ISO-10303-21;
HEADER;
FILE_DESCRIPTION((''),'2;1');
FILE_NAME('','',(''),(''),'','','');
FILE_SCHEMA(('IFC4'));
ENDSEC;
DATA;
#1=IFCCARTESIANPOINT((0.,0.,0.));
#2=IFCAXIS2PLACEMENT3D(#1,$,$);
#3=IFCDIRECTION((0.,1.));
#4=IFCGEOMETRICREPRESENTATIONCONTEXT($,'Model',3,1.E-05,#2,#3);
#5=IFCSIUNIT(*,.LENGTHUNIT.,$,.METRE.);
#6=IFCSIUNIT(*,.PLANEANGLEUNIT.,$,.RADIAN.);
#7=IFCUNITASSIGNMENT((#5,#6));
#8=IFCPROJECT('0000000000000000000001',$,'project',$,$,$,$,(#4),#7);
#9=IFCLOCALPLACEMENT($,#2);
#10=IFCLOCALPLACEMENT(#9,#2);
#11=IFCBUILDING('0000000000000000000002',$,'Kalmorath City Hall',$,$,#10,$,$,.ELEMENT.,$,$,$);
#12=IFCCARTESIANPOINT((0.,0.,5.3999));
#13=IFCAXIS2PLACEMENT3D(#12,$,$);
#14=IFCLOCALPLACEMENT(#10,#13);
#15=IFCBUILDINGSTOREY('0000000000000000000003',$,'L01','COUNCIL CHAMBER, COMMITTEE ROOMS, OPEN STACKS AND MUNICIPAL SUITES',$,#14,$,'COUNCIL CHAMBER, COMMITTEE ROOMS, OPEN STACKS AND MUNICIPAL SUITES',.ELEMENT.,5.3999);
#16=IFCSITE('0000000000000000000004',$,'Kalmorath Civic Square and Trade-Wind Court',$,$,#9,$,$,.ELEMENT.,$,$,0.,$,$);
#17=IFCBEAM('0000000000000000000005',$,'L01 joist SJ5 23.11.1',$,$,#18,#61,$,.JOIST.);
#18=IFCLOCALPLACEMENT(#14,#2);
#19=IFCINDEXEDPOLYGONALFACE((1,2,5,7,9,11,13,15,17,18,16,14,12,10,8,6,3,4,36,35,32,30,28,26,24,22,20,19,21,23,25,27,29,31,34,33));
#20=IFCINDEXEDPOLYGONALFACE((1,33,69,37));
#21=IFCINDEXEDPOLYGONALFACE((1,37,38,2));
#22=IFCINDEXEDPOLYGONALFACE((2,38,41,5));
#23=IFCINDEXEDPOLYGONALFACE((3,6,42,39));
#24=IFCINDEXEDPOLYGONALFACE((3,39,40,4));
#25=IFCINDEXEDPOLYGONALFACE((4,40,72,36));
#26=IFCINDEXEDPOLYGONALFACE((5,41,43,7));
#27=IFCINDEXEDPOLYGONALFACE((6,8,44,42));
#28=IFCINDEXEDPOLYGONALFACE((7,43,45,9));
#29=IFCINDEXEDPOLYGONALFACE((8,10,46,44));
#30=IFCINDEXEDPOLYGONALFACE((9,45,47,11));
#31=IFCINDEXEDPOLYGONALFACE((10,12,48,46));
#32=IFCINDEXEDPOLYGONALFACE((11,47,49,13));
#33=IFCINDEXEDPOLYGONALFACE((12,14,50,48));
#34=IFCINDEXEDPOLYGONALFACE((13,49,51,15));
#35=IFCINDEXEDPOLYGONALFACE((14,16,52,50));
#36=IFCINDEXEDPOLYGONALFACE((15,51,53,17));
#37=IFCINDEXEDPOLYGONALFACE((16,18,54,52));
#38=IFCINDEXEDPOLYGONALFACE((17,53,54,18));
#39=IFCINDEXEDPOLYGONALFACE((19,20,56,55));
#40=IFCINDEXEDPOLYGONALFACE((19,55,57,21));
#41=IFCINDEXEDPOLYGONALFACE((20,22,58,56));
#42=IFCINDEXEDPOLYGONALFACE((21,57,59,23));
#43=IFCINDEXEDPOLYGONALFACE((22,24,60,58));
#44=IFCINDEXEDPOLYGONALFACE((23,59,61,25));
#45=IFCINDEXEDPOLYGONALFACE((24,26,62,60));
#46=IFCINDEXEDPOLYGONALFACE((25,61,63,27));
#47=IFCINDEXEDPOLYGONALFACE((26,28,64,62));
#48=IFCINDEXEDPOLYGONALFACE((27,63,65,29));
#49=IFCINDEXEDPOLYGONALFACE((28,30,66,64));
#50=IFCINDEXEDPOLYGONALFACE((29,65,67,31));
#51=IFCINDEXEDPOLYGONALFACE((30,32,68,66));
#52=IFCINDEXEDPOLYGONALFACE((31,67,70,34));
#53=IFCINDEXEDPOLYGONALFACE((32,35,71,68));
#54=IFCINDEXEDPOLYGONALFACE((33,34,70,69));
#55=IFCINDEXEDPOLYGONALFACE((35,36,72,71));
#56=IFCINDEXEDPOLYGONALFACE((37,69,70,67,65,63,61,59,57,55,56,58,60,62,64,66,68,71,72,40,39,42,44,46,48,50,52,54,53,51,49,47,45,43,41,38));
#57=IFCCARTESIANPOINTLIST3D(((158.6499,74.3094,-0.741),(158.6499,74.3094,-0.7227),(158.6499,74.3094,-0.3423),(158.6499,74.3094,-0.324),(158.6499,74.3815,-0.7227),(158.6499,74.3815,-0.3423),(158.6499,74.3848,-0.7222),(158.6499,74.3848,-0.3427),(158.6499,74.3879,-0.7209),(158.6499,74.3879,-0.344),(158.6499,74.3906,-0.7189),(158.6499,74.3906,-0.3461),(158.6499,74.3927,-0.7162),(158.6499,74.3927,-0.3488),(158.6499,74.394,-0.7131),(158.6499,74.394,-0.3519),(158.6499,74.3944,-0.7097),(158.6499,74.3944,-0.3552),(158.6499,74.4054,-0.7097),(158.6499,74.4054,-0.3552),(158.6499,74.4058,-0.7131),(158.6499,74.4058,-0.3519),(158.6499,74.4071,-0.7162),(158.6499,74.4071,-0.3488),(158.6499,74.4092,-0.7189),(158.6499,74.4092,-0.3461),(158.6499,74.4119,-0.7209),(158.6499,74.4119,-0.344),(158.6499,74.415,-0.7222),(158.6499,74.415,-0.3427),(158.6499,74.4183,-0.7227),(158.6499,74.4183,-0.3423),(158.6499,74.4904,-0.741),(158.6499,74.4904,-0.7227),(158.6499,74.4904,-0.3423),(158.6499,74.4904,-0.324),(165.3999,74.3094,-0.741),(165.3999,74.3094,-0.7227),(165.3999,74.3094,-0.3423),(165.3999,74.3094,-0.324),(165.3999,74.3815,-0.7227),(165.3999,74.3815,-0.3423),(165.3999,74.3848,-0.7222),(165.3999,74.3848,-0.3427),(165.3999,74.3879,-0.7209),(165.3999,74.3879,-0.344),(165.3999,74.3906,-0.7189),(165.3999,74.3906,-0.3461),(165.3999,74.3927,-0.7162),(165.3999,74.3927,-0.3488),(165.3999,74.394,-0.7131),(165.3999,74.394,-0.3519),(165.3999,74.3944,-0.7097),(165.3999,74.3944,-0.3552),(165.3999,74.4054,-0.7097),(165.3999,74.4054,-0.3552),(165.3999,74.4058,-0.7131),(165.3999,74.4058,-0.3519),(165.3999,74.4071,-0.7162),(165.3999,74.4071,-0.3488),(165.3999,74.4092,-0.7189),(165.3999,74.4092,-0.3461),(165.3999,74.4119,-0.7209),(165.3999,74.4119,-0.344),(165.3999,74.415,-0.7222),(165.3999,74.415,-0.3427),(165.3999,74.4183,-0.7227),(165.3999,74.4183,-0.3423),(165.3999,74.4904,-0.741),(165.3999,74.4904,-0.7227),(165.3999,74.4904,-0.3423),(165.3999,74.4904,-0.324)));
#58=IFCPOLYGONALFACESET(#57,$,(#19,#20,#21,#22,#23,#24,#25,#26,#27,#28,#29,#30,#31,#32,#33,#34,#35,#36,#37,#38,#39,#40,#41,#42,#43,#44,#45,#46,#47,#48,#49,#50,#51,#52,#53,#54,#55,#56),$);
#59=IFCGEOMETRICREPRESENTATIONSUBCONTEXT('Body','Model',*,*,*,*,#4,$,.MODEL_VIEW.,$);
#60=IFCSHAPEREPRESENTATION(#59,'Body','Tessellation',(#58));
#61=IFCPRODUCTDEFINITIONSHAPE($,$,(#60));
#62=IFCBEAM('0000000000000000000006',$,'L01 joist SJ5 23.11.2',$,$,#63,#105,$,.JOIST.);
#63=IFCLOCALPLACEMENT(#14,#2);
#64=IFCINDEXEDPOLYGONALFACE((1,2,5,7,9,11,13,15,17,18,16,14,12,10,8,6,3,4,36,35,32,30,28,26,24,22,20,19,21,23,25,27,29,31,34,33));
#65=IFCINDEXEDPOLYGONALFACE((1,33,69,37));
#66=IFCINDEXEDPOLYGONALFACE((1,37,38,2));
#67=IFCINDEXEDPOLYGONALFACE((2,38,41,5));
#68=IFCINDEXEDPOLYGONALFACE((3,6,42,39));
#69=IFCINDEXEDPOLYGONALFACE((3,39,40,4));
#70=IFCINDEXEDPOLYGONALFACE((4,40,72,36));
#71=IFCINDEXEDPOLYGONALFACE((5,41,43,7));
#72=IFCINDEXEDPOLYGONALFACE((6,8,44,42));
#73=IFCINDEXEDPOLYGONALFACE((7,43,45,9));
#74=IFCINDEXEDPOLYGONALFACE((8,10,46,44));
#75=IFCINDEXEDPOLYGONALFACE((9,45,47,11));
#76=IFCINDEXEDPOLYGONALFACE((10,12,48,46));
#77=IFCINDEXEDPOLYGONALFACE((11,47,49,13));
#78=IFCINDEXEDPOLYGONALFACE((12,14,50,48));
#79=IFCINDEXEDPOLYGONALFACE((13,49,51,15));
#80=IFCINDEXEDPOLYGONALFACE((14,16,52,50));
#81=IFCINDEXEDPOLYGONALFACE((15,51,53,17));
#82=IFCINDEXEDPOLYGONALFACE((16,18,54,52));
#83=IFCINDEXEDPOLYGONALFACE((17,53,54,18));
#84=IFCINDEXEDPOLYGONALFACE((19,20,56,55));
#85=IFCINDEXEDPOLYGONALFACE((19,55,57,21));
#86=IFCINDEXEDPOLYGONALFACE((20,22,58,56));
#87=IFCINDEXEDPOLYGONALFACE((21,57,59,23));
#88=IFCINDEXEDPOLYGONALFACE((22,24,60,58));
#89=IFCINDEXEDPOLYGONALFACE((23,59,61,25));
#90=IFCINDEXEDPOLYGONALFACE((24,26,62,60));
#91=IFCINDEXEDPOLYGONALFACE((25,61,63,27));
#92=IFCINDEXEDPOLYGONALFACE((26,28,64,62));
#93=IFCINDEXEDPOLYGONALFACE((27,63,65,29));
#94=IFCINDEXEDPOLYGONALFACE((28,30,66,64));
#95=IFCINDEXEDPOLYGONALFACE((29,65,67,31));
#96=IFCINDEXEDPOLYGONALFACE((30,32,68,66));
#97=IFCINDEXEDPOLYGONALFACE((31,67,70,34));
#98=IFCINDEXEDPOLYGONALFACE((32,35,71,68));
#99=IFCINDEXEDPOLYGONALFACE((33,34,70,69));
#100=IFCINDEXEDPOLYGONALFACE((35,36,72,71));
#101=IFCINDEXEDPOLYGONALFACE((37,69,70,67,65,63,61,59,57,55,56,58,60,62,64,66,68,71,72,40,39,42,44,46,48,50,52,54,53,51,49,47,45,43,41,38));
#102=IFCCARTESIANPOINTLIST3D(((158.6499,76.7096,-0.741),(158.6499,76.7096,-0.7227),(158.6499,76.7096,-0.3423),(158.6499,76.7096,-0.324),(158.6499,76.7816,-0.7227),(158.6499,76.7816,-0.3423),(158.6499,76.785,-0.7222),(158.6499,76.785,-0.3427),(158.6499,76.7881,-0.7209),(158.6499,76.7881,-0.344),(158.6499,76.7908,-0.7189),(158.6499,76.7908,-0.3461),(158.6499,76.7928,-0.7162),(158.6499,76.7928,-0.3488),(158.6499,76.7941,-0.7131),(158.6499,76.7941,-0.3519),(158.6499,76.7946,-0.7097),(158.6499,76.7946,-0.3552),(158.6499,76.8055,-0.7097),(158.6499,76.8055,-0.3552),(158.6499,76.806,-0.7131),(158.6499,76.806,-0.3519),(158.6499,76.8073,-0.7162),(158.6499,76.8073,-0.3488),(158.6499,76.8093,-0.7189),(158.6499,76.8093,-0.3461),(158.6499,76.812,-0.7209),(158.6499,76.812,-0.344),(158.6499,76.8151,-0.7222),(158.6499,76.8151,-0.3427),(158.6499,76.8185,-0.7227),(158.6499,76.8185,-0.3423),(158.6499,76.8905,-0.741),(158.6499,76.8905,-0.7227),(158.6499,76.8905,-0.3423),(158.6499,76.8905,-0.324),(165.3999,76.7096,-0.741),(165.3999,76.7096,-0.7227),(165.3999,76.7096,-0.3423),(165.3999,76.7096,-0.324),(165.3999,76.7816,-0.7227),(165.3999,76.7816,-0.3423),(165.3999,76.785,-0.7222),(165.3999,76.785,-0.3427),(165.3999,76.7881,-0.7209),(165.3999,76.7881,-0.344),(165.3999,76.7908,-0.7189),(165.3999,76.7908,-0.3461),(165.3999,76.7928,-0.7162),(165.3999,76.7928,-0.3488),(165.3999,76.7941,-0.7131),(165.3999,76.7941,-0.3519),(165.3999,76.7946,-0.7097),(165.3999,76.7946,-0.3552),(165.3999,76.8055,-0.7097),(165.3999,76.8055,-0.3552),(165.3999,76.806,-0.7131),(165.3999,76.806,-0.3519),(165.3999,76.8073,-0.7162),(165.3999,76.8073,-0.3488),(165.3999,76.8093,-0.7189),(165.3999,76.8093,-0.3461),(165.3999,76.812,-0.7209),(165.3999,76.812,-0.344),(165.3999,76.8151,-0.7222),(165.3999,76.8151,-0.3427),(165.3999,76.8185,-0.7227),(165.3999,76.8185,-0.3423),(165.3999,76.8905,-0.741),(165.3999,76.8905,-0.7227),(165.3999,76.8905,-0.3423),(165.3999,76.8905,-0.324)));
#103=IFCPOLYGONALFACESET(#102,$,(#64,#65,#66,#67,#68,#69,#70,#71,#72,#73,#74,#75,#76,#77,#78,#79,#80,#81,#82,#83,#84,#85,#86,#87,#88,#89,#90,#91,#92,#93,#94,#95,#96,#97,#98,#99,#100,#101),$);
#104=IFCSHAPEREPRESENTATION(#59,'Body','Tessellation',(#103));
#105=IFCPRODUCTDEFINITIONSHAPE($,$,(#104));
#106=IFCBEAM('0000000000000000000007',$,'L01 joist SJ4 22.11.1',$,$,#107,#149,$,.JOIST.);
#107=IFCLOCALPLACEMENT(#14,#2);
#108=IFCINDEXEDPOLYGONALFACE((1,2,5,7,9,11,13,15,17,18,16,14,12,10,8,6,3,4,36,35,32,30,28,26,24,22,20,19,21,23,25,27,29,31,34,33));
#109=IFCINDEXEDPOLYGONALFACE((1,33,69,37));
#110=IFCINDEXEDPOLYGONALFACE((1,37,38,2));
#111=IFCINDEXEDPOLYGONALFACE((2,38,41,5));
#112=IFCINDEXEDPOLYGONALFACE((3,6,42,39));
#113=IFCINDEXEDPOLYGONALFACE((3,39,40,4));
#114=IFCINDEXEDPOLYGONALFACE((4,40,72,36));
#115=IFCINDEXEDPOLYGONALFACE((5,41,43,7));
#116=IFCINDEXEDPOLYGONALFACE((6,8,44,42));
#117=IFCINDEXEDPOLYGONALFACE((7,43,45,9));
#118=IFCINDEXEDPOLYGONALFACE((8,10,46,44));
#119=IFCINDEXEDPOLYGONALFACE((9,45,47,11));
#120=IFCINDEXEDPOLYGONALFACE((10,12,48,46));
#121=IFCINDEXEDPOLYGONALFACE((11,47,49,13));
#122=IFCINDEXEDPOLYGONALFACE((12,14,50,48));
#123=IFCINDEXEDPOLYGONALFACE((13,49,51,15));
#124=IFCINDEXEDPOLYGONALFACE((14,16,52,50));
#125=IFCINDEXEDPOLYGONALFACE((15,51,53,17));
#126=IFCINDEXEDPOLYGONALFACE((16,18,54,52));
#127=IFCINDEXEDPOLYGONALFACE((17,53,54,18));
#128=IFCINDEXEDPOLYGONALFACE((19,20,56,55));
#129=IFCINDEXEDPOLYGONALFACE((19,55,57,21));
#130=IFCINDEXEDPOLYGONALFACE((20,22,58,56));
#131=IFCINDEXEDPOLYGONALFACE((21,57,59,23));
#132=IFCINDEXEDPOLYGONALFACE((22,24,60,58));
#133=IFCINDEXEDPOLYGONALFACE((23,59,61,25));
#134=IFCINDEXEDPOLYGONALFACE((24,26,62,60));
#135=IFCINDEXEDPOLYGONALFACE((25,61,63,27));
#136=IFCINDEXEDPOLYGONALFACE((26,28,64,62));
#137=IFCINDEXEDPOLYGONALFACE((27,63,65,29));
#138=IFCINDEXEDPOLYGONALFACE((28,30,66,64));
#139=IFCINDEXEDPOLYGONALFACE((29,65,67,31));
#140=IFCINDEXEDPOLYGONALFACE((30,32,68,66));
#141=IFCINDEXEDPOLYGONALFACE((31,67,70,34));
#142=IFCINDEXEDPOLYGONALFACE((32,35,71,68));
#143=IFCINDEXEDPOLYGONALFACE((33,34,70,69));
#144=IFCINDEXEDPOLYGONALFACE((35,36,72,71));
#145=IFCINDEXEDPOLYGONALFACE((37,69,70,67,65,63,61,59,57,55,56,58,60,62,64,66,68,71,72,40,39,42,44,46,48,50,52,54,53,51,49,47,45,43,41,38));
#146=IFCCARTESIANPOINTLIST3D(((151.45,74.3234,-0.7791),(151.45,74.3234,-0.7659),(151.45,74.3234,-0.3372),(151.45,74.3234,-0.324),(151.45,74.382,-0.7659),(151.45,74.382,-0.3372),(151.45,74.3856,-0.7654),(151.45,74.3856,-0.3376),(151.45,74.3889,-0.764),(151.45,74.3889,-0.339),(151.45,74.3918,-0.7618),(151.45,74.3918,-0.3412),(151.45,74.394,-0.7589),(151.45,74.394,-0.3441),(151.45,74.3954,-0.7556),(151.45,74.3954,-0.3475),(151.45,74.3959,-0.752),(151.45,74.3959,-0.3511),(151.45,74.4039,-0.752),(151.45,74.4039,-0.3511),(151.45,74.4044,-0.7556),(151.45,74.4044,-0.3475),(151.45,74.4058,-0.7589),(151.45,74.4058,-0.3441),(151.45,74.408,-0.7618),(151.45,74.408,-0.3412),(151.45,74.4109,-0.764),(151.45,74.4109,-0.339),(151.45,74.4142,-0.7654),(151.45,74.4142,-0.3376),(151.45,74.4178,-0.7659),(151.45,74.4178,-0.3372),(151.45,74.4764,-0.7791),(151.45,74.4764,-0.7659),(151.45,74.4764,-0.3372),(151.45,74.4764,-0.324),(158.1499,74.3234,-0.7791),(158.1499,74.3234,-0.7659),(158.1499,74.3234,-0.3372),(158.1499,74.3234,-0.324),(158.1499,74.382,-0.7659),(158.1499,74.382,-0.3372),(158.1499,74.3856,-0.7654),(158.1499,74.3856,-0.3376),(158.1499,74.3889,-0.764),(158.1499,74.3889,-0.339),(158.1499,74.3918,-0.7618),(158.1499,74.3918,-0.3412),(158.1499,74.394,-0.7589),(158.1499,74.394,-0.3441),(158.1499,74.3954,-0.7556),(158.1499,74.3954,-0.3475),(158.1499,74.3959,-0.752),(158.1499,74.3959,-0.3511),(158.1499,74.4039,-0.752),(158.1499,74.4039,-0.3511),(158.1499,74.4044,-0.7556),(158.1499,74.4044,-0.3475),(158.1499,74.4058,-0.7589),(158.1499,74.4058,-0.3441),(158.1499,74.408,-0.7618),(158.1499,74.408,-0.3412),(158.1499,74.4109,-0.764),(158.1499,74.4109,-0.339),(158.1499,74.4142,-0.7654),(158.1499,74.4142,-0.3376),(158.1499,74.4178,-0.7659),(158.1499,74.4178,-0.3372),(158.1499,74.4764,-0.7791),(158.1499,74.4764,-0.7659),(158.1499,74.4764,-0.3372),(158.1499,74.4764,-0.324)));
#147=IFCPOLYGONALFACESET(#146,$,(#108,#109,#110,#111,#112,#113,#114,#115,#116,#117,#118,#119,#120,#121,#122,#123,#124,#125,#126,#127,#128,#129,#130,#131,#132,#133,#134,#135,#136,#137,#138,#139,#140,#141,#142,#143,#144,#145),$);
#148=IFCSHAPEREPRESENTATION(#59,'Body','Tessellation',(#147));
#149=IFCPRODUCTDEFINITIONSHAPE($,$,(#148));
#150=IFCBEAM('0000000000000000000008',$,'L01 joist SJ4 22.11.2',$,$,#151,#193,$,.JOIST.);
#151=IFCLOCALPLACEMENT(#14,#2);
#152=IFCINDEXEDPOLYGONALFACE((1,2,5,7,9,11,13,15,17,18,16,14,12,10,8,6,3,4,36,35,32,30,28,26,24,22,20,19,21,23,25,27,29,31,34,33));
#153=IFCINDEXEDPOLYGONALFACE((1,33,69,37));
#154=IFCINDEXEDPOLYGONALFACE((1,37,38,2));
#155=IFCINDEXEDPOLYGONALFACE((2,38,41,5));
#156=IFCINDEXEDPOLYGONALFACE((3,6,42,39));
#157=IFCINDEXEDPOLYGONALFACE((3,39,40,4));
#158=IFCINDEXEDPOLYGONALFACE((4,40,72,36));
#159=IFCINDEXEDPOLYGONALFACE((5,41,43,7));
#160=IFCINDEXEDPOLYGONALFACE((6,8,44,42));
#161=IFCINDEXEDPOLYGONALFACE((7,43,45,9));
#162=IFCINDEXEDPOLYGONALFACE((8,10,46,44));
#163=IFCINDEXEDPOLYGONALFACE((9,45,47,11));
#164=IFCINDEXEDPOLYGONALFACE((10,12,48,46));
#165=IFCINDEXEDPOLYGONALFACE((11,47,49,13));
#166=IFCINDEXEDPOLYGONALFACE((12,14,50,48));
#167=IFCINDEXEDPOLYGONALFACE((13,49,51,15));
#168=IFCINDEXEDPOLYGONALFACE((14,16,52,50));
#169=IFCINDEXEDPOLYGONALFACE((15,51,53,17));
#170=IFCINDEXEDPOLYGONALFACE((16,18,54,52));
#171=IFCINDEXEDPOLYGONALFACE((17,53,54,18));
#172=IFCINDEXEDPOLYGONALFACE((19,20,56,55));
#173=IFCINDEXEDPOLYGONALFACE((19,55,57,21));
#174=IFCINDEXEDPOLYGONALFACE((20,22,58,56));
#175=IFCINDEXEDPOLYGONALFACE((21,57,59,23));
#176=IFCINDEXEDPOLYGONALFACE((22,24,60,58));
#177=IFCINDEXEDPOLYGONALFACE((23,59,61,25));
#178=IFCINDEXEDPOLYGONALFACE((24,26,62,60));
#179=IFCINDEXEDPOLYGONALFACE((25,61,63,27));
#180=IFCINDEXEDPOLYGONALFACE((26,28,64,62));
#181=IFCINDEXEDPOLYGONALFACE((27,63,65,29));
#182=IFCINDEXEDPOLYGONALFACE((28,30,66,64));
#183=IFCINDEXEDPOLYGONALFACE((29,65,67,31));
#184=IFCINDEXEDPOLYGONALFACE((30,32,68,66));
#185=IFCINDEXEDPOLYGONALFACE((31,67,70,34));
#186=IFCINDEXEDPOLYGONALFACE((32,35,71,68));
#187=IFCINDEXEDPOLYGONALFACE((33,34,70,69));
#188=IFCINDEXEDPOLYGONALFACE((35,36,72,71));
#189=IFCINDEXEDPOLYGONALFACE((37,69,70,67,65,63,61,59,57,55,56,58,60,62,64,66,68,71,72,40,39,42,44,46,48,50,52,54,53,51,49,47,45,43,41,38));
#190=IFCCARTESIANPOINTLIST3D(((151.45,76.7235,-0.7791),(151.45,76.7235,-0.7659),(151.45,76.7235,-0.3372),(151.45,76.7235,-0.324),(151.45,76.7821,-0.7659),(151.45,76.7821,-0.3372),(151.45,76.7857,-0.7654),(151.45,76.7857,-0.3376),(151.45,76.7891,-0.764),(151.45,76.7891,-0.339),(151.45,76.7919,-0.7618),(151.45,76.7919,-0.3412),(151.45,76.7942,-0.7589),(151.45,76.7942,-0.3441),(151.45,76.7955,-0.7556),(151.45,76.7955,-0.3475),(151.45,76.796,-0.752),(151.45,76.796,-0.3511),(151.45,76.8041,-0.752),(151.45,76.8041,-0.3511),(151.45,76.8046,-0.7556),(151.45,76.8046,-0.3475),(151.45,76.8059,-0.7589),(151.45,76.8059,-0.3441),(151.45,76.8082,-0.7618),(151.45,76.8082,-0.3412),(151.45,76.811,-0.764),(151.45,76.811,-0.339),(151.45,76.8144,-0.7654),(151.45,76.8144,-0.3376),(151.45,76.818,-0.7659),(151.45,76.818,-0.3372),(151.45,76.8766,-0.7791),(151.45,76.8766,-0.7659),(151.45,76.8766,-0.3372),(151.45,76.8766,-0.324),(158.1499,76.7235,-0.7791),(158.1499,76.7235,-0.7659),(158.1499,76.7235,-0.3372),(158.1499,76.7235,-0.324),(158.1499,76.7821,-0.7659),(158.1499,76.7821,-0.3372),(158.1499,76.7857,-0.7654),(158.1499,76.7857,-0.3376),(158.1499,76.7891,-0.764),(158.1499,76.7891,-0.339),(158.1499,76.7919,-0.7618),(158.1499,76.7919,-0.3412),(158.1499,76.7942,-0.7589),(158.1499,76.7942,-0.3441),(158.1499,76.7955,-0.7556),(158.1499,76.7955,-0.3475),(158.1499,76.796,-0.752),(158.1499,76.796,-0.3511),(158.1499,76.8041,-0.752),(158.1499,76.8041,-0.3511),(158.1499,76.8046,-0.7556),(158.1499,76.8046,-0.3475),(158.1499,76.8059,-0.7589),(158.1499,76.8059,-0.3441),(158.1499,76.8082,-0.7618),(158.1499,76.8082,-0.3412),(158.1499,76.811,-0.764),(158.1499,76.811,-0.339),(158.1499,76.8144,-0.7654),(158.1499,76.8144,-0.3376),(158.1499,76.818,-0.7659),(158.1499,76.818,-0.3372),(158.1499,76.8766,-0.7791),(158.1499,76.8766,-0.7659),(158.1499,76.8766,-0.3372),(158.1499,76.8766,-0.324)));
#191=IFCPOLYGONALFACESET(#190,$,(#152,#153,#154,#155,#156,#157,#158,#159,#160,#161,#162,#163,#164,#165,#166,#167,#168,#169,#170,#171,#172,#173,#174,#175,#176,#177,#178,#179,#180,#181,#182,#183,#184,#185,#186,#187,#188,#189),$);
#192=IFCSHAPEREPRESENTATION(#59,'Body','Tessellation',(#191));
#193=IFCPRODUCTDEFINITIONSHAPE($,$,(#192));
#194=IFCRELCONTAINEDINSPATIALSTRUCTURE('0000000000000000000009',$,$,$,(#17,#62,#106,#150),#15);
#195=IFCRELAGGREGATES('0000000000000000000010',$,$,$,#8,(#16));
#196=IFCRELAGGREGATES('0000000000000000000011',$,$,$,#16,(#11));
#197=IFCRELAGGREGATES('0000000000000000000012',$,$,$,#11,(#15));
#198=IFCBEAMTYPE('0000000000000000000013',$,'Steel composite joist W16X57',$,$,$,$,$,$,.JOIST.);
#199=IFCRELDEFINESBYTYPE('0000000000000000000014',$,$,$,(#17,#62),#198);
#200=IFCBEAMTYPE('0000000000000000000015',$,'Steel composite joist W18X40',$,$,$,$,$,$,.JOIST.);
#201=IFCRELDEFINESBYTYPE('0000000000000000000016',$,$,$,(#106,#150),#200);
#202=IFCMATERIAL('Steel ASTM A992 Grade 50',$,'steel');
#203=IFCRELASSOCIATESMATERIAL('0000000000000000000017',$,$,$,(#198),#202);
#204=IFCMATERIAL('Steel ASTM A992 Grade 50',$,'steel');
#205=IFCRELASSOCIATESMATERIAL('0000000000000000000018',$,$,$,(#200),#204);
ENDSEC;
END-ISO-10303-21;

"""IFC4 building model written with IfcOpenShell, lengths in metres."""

from ifc_helpers import new_model, si_unit, direction, frame, origin, origin_2d, place, context, subcontext, project, spatial, i_section, extrude, material, material_profile, profile_set, type_object, element, save


model = new_model("IFC4")

# Units and contexts
model_context = context("Model", 3, precision=1e-05, world=origin(), true_north=direction((0.0, 1.0)))
body_context = subcontext(model_context, "Body", "Model", "MODEL_VIEW")
ifc_project = project(units=[si_unit("LENGTHUNIT", "METRE"), si_unit("PLANEANGLEUNIT", "RADIAN")], contexts=[model_context])

# Site, building, storey
site_placement = place(None, origin())
site = spatial("IfcSite", under=ifc_project, at=site_placement, Name="Kalmorath Civic Square and Trade-Wind Court", CompositionType="ELEMENT", RefElevation=0.0)
building_placement = place(site_placement, origin())
building = spatial("IfcBuilding", under=site, at=building_placement, Name="Kalmorath City Hall", CompositionType="ELEMENT")
storey_placement = place(building_placement, frame((0.0, 0.0, 5.3999)))
storey = spatial("IfcBuildingStorey", under=building, at=storey_placement, Name="L01", Description="COUNCIL CHAMBER, COMMITTEE ROOMS, OPEN STACKS AND MUNICIPAL SUITES", LongName="COUNCIL CHAMBER, COMMITTEE ROOMS, OPEN STACKS AND MUNICIPAL SUITES", CompositionType="ELEMENT", Elevation=5.3999)

# Beams
ifc_material_1 = material(Name="Steel ASTM A992 Grade 50", Category="steel")
ifc_material_profile_1 = material_profile(ifc_material_1, i_section(OverallWidth=0.1809, OverallDepth=0.417, WebThickness=0.011, FlangeThickness=0.0183, FilletRadius=0.0129, at=origin_2d()), Name="W16X57")
ifc_profile_set_1 = profile_set([ifc_material_profile_1], Name="Steel ASTM A992 Grade 50")
beam_type_1 = type_object("IfcBeamType", Name="Steel composite joist W16X57", PredefinedType="JOIST", material=ifc_profile_set_1)
for number, where, z_axis, x_axis, name in (
    (1, (158.6499, 74.3999, -0.5325), (1.0, 0.0, 0.0), (0.0, 1.0, 0.0), "L01 joist SJ5 23.11.1"),
    (2, (158.6499, 76.8, -0.5325), (1.0, 0.0, 0.0), (0.0, 1.0, 0.0), "L01 joist SJ5 23.11.2"),
):
    element("IfcBeam", number, at=place(storey_placement, frame(where, z_axis=z_axis, x_axis=x_axis)), inside=storey, type_object=beam_type_1, Name=name, PredefinedType="JOIST", context=body_context, shape_type="SweptSolid", body=[
        extrude(i_section(OverallWidth=0.1809, OverallDepth=0.417, WebThickness=0.011, FlangeThickness=0.0183, FilletRadius=0.0129, at=origin_2d()), origin(), (0.0, 0.0, 1.0), 6.75),
    ])
ifc_material_2 = material(Name="Steel ASTM A992 Grade 50", Category="steel")
ifc_material_profile_2 = material_profile(ifc_material_2, i_section(OverallWidth=0.1531, OverallDepth=0.4551, WebThickness=0.0081, FlangeThickness=0.0132, FilletRadius=0.0139, at=origin_2d()), Name="W18X40")
ifc_profile_set_2 = profile_set([ifc_material_profile_2], Name="Steel ASTM A992 Grade 50")
beam_type_2 = type_object("IfcBeamType", Name="Steel composite joist W18X40", PredefinedType="JOIST", material=ifc_profile_set_2)
for number, where, z_axis, x_axis, name in (
    (3, (151.45, 74.3999, -0.5515), (1.0, 0.0, 0.0), (0.0, 1.0, 0.0), "L01 joist SJ4 22.11.1"),
    (4, (151.45, 76.8, -0.5515), (1.0, 0.0, 0.0), (0.0, 1.0, 0.0), "L01 joist SJ4 22.11.2"),
):
    element("IfcBeam", number, at=place(storey_placement, frame(where, z_axis=z_axis, x_axis=x_axis)), inside=storey, type_object=beam_type_2, Name=name, PredefinedType="JOIST", context=body_context, shape_type="SweptSolid", body=[
        extrude(i_section(OverallWidth=0.1531, OverallDepth=0.4551, WebThickness=0.0081, FlangeThickness=0.0132, FilletRadius=0.0139, at=origin_2d()), origin(), (0.0, 0.0, 1.0), 6.7),
    ])

save(model, "model.ifc")
